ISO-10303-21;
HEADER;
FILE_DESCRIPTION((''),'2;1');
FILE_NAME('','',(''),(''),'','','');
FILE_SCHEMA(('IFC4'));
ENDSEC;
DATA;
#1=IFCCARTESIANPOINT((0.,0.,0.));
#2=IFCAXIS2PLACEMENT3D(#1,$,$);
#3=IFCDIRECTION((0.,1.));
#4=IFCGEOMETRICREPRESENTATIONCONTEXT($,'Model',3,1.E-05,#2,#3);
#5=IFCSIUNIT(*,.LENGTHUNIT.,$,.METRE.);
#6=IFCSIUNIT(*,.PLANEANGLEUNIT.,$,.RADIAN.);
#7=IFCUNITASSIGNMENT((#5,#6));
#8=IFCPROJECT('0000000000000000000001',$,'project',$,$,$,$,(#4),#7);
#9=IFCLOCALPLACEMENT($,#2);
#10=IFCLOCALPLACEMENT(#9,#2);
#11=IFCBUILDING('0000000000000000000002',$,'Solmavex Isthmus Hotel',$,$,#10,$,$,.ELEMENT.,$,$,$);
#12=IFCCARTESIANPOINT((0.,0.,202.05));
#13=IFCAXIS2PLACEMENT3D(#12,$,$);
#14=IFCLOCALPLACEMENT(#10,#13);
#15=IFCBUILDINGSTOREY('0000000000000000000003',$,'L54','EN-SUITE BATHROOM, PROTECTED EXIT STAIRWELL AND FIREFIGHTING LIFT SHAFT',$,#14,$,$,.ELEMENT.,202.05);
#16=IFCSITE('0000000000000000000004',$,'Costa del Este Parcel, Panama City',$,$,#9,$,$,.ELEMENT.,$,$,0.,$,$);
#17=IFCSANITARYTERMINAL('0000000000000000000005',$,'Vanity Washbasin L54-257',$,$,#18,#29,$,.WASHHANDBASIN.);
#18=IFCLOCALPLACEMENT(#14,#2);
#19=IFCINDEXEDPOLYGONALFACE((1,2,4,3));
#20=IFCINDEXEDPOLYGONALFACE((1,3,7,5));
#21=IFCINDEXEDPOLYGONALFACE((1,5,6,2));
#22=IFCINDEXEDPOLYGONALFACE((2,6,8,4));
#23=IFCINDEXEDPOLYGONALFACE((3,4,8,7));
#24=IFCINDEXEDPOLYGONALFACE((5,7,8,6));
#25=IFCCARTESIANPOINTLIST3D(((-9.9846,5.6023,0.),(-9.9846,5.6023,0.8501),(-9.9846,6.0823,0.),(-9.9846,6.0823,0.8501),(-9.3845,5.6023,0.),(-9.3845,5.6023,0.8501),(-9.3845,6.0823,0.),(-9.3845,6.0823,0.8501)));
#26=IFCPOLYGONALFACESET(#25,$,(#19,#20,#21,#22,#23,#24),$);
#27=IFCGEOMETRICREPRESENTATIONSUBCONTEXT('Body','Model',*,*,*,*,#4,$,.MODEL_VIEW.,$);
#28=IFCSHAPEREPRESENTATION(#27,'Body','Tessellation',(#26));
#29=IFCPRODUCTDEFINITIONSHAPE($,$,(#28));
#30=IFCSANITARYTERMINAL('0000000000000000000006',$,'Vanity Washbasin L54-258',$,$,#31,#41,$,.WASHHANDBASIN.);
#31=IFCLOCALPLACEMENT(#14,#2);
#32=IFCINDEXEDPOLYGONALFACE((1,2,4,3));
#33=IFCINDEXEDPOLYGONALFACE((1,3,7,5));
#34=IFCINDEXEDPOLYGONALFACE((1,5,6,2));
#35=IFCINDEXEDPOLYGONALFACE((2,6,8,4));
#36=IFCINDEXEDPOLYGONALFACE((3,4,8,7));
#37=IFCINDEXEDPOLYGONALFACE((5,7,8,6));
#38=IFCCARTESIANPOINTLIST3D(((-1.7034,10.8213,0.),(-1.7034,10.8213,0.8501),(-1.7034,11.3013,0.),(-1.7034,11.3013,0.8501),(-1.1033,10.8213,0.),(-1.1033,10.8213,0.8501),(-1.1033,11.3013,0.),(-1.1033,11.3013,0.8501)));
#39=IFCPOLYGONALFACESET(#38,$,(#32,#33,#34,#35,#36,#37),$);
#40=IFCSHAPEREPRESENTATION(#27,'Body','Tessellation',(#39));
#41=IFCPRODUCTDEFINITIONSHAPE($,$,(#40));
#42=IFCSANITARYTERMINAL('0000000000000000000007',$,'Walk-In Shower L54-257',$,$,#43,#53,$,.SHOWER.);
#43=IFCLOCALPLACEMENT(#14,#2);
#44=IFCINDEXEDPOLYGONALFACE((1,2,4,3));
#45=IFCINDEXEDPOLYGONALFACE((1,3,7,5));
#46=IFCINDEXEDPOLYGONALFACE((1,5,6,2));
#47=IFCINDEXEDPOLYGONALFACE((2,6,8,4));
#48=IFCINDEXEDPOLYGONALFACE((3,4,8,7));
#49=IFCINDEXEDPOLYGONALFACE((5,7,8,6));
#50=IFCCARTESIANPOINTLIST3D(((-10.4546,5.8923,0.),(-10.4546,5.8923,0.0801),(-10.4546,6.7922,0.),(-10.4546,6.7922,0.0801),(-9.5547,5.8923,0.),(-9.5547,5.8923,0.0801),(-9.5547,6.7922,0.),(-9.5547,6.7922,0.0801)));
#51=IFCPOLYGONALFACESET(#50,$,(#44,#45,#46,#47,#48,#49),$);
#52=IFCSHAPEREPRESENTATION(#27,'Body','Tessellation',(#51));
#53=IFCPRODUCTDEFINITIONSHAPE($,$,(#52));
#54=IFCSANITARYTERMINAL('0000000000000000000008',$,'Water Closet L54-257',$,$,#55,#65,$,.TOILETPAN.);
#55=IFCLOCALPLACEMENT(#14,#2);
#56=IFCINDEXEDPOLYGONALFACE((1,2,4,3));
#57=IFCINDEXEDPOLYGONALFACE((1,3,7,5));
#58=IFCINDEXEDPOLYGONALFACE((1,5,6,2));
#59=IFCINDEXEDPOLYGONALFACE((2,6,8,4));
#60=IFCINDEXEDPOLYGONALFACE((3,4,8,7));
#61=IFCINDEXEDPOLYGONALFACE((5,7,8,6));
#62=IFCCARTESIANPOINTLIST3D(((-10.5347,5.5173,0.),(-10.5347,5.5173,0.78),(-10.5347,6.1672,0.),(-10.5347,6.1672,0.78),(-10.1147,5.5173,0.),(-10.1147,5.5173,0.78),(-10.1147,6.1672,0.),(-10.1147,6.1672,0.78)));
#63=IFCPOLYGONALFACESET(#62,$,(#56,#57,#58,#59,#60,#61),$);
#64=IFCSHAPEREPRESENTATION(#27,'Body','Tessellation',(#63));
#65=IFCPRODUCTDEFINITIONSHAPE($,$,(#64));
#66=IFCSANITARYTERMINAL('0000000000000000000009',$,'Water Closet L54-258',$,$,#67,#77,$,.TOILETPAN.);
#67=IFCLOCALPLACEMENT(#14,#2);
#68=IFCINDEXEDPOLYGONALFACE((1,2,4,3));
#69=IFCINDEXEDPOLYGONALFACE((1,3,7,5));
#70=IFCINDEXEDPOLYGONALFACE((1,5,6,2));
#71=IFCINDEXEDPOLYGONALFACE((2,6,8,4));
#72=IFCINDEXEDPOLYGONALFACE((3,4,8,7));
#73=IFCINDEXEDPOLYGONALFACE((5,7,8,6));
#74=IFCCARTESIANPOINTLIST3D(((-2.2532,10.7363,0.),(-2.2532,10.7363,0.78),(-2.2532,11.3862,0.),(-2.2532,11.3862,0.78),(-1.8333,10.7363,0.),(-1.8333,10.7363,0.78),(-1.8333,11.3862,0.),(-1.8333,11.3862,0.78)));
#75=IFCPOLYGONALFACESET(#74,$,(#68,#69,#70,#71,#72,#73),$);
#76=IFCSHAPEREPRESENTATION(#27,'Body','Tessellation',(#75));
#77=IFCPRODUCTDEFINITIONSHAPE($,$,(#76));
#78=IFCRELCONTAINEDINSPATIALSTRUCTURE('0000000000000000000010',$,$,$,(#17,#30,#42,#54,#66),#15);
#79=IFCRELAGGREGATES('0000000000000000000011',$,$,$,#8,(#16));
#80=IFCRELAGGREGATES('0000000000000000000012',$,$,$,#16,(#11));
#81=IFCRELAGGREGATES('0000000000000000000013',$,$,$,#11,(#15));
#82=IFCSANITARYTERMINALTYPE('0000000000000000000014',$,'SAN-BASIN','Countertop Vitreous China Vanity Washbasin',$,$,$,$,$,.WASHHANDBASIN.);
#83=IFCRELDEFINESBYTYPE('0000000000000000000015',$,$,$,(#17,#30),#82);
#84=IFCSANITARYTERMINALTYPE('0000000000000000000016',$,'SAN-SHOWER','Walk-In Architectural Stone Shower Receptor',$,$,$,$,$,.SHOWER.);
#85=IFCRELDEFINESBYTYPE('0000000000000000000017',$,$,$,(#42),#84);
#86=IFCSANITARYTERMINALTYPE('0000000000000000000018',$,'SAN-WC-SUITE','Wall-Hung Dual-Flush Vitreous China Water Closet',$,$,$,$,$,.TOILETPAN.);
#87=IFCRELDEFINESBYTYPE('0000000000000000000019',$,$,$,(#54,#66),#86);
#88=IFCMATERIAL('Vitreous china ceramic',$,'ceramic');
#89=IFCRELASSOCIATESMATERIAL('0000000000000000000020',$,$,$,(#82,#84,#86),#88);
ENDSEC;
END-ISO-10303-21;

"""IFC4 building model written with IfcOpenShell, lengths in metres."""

from ifc_helpers import new_model, si_unit, direction, frame, origin, origin_2d, place, context, subcontext, project, spatial, rectangle, extrude, material, type_object, element, save


model = new_model("IFC4")

# Units and contexts
model_context = context("Model", 3, precision=1e-05, world=origin(), true_north=direction((0.0, 1.0)))
body_context = subcontext(model_context, "Body", "Model", "MODEL_VIEW")
ifc_project = project(units=[si_unit("LENGTHUNIT", "METRE"), si_unit("PLANEANGLEUNIT", "RADIAN")], contexts=[model_context])

# Site, building, storey
site_placement = place(None, origin())
site = spatial("IfcSite", under=ifc_project, at=site_placement, Name="Costa del Este Parcel, Panama City", CompositionType="ELEMENT", RefElevation=0.0)
building_placement = place(site_placement, origin())
building = spatial("IfcBuilding", under=site, at=building_placement, Name="Solmavex Isthmus Hotel", CompositionType="ELEMENT")
storey_placement = place(building_placement, frame((0.0, 0.0, 202.05)))
storey = spatial("IfcBuildingStorey", under=building, at=storey_placement, Name="L54", Description="EN-SUITE BATHROOM, PROTECTED EXIT STAIRWELL AND FIREFIGHTING LIFT SHAFT", CompositionType="ELEMENT", Elevation=202.05)

# Sanitary terminals
ifc_material_1 = material(Name="Vitreous china ceramic", Category="ceramic")
sanitary_terminal_type_1 = type_object("IfcSanitaryTerminalType", Name="SAN-BASIN", Description="Countertop Vitreous China Vanity Washbasin", PredefinedType="WASHHANDBASIN", material=ifc_material_1)
for number, where, z_axis, x_axis, name in (
    (1, (-9.6846, 5.8423, 0.0), (0.0, 0.0, 1.0), (1.0, 0.0, 0.0), "Vanity Washbasin L54-257"),
    (2, (-1.4033, 11.0613, 0.0), (0.0, 0.0, 1.0), (1.0, 0.0, 0.0), "Vanity Washbasin L54-258"),
):
    element("IfcSanitaryTerminal", number, at=place(storey_placement, frame(where, z_axis=z_axis, x_axis=x_axis)), inside=storey, type_object=sanitary_terminal_type_1, Name=name, PredefinedType="WASHHANDBASIN", context=body_context, shape_type="SweptSolid", body=[
        extrude(rectangle(XDim=0.6001, YDim=0.48, at=origin_2d()), origin(), (0.0, 0.0, 1.0), 0.8501),
    ])
sanitary_terminal_type_2 = type_object("IfcSanitaryTerminalType", Name="SAN-SHOWER", Description="Walk-In Architectural Stone Shower Receptor", PredefinedType="SHOWER", material=ifc_material_1)
sanitary_terminal_placement = place(storey_placement, frame((-10.0046, 6.3423, 0.0), z_axis=(0.0, 0.0, 1.0), x_axis=(1.0, 0.0, 0.0)))
element("IfcSanitaryTerminal", 3, at=sanitary_terminal_placement, inside=storey, type_object=sanitary_terminal_type_2, Name="Walk-In Shower L54-257", PredefinedType="SHOWER", context=body_context, shape_type="SweptSolid", body=[
    extrude(rectangle(XDim=0.8999, YDim=0.8999, at=origin_2d()), origin(), (0.0, 0.0, 1.0), 0.0801),
])
sanitary_terminal_type_3 = type_object("IfcSanitaryTerminalType", Name="SAN-WC-SUITE", Description="Wall-Hung Dual-Flush Vitreous China Water Closet", PredefinedType="TOILETPAN", material=ifc_material_1)
for number, where, z_axis, x_axis, name in (
    (4, (-10.3247, 5.8423, 0.0), (0.0, 0.0, 1.0), (1.0, 0.0, 0.0), "Water Closet L54-257"),
    (5, (-2.0432, 11.0613, 0.0), (0.0, 0.0, 1.0), (1.0, 0.0, 0.0), "Water Closet L54-258"),
):
    element("IfcSanitaryTerminal", number, at=place(storey_placement, frame(where, z_axis=z_axis, x_axis=x_axis)), inside=storey, type_object=sanitary_terminal_type_3, Name=name, PredefinedType="TOILETPAN", context=body_context, shape_type="SweptSolid", body=[
        extrude(rectangle(XDim=0.4199, YDim=0.6499, at=origin_2d()), origin(), (0.0, 0.0, 1.0), 0.78),
    ])

save(model, "model.ifc")
